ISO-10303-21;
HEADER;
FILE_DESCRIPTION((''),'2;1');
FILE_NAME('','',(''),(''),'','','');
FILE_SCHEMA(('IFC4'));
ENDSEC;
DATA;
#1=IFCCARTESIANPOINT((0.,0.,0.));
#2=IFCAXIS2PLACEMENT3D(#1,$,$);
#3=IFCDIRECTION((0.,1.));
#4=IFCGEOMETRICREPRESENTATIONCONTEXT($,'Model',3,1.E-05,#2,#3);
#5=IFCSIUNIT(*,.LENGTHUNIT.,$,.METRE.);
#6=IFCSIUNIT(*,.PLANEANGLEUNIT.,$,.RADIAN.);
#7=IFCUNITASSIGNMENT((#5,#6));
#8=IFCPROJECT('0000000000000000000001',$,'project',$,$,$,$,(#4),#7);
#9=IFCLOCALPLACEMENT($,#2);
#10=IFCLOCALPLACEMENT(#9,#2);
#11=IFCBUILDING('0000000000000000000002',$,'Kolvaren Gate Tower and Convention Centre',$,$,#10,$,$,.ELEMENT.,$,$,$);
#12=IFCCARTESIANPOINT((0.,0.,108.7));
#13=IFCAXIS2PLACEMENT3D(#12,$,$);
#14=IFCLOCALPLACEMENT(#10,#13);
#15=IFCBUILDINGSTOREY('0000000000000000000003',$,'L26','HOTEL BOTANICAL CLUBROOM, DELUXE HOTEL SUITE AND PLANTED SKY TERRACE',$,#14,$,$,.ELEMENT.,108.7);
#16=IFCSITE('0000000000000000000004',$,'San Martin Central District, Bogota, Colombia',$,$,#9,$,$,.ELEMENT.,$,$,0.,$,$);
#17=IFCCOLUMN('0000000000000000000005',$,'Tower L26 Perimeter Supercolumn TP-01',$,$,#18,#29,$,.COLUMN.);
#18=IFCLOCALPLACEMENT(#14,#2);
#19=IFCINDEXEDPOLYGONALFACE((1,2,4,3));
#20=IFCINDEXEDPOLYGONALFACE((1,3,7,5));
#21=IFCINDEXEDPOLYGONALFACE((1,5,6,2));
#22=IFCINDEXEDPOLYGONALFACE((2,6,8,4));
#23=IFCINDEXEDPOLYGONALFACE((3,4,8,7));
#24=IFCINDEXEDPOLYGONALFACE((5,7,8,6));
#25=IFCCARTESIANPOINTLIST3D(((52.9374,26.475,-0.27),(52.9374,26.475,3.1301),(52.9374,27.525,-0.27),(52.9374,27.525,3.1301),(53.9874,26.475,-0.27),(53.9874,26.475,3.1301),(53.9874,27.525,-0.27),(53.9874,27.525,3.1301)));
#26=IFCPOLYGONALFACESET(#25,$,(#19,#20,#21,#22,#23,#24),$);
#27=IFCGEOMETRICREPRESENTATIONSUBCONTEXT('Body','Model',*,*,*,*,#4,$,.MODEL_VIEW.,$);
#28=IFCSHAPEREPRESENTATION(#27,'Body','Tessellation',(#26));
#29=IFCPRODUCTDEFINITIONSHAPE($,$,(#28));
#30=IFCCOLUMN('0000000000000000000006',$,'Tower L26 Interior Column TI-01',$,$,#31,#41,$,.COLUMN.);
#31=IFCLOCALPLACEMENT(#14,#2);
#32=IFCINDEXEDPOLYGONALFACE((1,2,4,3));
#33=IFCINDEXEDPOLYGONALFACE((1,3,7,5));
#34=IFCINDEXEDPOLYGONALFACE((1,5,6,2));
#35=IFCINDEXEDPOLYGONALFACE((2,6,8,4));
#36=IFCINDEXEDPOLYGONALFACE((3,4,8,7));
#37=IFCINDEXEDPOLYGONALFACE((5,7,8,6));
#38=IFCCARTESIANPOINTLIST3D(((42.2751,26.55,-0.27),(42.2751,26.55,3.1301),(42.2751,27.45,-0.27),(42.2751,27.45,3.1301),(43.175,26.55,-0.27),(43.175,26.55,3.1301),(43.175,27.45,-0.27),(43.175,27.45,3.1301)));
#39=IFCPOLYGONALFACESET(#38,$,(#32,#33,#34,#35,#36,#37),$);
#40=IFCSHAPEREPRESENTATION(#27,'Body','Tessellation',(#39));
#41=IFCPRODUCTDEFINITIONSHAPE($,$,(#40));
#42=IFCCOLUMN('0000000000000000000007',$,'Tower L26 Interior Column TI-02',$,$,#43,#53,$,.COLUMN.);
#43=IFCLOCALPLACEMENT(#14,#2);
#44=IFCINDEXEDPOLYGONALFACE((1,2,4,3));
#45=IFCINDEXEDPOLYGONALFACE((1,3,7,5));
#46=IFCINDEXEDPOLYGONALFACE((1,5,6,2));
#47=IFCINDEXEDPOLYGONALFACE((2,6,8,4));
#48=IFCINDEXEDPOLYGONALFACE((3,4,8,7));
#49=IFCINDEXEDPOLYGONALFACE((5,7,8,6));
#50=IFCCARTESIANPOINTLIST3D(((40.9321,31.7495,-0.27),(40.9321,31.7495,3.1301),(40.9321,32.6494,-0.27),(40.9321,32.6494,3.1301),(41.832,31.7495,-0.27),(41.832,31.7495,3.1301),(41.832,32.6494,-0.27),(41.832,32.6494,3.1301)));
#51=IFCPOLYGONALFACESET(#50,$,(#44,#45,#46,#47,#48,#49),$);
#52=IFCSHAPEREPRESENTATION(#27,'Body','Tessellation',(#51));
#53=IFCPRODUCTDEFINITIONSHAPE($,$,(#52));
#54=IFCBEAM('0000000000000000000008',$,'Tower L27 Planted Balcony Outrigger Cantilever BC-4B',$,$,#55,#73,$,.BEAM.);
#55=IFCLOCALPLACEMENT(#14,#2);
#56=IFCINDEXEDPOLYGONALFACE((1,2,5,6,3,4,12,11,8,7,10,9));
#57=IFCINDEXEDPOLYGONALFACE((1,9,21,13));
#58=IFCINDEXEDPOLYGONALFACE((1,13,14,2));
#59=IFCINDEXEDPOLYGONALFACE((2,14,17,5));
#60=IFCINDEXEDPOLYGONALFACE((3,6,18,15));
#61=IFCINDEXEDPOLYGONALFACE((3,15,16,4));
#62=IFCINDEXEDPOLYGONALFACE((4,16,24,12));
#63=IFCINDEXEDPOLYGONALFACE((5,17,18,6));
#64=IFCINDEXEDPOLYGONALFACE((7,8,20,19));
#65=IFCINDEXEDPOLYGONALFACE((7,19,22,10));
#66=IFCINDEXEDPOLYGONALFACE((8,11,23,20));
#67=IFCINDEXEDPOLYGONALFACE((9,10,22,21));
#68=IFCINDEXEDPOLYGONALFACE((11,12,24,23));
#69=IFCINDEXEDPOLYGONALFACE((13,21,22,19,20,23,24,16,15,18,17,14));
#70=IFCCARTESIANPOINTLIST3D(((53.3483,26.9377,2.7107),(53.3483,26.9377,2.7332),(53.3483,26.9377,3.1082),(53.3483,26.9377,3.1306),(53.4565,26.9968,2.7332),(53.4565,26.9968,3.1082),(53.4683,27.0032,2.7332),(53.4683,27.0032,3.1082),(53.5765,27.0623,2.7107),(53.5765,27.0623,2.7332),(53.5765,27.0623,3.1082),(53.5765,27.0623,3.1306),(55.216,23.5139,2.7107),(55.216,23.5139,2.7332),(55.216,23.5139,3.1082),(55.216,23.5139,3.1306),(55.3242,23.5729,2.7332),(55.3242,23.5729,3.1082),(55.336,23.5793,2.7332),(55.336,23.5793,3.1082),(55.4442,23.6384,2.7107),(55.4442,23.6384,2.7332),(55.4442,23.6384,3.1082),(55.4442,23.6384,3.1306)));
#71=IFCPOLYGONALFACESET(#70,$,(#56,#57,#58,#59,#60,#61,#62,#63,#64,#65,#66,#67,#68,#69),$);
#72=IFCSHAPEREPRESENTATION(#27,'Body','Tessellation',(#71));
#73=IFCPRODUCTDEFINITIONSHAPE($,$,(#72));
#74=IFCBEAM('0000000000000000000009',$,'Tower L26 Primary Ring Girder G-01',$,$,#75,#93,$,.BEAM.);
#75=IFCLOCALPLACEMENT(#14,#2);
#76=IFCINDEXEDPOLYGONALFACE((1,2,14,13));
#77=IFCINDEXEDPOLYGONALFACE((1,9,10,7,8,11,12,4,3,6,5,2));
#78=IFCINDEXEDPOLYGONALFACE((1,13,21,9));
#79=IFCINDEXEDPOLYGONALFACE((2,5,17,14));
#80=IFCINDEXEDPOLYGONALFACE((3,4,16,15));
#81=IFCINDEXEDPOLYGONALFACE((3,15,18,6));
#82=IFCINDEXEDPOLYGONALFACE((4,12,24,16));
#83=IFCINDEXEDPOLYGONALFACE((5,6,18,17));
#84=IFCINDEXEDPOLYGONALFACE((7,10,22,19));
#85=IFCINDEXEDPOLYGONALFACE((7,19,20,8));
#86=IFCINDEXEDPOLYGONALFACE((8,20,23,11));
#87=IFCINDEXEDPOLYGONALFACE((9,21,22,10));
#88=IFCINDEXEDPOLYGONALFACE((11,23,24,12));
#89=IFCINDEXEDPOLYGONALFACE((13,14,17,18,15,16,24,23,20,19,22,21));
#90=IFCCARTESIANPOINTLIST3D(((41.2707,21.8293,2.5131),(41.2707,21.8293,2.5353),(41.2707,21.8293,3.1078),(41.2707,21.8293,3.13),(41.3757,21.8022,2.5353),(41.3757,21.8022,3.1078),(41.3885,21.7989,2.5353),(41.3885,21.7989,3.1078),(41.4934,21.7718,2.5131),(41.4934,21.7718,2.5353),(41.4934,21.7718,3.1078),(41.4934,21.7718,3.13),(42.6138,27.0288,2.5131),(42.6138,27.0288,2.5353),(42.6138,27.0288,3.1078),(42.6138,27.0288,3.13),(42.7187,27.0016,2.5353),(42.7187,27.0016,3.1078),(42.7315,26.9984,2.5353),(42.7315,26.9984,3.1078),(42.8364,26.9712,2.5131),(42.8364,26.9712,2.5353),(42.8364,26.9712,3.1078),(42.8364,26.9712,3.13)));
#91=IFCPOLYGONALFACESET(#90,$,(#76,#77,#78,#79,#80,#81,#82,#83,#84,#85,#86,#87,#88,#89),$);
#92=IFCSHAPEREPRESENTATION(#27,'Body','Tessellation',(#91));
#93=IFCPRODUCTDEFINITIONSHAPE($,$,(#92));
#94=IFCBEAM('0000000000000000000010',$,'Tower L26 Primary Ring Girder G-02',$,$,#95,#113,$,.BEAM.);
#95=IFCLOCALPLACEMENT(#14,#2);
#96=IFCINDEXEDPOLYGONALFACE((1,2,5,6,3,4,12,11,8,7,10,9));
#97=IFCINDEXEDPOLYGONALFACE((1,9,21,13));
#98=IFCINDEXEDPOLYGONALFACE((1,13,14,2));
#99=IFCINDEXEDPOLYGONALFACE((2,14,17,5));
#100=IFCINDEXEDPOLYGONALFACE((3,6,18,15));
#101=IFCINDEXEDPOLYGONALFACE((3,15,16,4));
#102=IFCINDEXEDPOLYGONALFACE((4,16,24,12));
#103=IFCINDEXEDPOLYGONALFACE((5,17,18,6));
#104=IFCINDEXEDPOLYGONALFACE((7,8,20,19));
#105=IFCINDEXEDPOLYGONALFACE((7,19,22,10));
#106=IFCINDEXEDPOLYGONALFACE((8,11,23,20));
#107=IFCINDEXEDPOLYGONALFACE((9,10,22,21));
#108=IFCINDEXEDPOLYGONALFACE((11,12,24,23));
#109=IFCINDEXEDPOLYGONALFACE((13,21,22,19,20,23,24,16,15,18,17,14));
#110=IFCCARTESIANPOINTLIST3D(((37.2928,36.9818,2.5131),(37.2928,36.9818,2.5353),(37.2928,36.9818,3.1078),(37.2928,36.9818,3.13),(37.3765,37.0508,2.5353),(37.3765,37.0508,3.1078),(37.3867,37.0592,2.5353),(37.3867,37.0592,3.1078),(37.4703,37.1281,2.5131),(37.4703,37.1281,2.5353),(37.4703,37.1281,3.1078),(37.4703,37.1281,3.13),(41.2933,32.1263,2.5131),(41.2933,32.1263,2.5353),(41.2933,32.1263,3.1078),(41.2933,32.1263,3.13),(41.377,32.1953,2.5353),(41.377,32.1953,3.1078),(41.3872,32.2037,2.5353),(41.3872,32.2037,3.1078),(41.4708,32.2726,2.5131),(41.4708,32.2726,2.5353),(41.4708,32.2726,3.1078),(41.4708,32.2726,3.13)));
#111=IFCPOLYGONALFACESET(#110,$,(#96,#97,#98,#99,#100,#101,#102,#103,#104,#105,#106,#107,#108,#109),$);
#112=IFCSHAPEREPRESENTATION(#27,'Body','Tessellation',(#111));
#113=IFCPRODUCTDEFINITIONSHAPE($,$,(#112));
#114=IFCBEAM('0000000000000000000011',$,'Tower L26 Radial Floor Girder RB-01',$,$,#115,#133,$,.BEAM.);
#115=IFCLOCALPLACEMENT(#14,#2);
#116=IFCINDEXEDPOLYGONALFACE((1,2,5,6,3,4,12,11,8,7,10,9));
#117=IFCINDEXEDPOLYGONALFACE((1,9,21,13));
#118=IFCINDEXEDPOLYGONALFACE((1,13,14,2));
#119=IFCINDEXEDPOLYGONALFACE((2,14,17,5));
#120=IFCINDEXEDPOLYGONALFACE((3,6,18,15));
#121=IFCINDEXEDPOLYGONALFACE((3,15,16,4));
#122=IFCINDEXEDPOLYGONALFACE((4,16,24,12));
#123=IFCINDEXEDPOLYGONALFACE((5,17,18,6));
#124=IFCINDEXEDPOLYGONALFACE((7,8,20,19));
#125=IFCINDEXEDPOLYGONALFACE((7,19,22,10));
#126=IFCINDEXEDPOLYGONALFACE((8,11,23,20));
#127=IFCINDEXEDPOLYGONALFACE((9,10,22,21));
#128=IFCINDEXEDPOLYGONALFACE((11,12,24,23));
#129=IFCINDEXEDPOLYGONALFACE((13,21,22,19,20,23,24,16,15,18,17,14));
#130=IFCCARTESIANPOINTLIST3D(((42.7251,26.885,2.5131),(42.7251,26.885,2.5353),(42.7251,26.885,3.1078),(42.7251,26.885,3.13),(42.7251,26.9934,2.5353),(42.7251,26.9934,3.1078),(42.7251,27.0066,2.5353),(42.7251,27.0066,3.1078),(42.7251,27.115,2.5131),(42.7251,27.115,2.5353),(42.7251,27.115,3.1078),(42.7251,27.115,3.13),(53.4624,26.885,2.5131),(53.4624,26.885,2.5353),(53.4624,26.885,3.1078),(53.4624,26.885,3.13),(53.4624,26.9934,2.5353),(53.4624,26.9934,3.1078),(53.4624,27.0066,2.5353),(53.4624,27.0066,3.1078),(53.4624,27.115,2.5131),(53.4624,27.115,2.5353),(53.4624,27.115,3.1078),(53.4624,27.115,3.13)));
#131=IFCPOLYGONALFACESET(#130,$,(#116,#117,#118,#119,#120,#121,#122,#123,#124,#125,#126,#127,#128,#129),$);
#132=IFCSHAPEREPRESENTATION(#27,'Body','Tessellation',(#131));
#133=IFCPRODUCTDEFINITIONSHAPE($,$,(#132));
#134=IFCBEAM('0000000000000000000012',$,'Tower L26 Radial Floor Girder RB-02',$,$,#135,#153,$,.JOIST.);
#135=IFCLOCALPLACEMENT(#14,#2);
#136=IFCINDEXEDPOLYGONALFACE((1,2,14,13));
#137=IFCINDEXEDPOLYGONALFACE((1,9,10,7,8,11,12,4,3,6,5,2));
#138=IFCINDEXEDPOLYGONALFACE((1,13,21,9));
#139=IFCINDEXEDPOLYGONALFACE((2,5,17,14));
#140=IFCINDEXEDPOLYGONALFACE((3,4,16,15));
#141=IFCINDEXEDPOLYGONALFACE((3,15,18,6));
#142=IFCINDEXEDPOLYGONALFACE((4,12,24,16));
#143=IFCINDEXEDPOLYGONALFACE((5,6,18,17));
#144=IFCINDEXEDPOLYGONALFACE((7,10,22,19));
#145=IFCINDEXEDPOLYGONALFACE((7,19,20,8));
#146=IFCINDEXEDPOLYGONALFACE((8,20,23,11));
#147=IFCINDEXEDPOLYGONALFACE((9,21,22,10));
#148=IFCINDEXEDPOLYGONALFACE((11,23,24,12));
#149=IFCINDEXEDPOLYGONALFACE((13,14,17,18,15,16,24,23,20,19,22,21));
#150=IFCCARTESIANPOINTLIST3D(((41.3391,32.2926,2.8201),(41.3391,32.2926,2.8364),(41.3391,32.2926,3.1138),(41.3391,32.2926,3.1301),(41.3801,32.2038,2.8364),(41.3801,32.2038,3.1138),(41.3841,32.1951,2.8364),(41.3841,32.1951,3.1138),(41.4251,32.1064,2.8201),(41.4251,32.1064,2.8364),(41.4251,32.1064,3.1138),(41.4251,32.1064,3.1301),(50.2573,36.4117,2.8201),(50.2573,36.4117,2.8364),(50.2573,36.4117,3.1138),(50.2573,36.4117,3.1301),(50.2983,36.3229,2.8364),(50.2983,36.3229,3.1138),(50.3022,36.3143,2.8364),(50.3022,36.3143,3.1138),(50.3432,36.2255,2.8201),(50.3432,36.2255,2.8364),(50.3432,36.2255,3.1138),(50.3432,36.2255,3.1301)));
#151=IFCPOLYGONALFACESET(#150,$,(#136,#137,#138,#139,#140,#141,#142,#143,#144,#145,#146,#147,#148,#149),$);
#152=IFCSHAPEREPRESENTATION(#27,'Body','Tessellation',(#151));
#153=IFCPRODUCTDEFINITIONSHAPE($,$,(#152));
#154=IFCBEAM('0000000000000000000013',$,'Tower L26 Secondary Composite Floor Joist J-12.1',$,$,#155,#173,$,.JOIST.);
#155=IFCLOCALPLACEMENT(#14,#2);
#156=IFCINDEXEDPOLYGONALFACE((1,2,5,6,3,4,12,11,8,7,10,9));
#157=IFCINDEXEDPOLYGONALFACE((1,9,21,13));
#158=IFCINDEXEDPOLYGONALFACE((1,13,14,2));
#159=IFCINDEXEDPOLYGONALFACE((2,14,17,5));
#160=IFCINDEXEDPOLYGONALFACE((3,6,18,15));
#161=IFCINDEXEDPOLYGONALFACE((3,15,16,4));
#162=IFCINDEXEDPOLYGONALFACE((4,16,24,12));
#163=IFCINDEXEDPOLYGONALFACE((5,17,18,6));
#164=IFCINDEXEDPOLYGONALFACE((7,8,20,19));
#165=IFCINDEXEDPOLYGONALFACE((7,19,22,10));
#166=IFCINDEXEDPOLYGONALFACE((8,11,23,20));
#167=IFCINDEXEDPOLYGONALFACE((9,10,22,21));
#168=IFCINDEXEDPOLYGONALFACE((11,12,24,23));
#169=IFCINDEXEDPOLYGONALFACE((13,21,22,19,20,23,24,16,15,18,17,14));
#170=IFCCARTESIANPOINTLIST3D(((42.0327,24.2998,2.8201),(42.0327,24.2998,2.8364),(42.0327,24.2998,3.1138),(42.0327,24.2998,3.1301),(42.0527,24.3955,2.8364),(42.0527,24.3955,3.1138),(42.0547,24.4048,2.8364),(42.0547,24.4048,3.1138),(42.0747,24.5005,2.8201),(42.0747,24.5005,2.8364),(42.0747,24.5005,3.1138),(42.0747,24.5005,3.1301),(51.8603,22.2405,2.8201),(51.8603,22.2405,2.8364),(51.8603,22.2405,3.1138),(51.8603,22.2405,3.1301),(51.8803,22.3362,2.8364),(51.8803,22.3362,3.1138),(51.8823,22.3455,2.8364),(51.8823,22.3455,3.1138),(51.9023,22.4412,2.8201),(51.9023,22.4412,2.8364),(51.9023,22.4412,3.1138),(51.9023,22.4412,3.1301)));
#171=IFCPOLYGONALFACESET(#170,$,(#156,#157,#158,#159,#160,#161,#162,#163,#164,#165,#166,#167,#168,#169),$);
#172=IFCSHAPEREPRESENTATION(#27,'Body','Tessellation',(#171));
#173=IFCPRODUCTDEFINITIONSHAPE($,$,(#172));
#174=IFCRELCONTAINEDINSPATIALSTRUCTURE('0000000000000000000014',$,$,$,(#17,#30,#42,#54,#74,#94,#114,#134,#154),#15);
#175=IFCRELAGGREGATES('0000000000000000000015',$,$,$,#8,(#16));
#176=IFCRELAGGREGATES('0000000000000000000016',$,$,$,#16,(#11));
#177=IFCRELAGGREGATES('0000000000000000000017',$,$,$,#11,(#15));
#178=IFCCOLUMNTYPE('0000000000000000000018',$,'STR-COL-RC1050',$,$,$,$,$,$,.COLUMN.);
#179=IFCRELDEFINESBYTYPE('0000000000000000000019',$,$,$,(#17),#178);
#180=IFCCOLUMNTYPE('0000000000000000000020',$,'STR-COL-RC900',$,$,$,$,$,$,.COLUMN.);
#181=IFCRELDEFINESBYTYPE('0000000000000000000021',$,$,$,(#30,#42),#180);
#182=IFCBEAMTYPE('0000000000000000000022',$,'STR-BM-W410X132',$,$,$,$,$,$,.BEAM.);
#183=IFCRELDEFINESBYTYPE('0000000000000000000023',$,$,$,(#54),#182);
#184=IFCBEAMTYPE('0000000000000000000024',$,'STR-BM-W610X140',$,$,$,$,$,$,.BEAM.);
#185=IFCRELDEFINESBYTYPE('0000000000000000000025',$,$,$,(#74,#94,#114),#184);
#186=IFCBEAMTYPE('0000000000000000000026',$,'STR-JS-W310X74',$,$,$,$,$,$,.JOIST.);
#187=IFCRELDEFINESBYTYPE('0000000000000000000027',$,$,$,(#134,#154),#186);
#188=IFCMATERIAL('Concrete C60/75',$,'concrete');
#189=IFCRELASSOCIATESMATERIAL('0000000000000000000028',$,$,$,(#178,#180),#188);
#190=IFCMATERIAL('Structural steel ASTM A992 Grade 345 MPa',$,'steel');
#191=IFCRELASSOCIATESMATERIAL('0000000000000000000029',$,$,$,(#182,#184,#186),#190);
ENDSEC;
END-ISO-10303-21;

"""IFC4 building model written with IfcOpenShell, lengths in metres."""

from ifc_helpers import new_model, si_unit, direction, frame, origin, origin_2d, place, context, subcontext, project, spatial, rectangle, i_section, extrude, material, material_profile, profile_set, type_object, element, save


model = new_model("IFC4")

# Units and contexts
model_context = context("Model", 3, precision=1e-05, world=origin(), true_north=direction((0.0, 1.0)))
body_context = subcontext(model_context, "Body", "Model", "MODEL_VIEW")
ifc_project = project(units=[si_unit("LENGTHUNIT", "METRE"), si_unit("PLANEANGLEUNIT", "RADIAN")], contexts=[model_context])

# Site, building, storey
site_placement = place(None, origin())
site = spatial("IfcSite", under=ifc_project, at=site_placement, Name="San Martin Central District, Bogota, Colombia", CompositionType="ELEMENT", RefElevation=0.0)
building_placement = place(site_placement, origin())
building = spatial("IfcBuilding", under=site, at=building_placement, Name="Kolvaren Gate Tower and Convention Centre", CompositionType="ELEMENT")
storey_placement = place(building_placement, frame((0.0, 0.0, 108.7)))
storey = spatial("IfcBuildingStorey", under=building, at=storey_placement, Name="L26", Description="HOTEL BOTANICAL CLUBROOM, DELUXE HOTEL SUITE AND PLANTED SKY TERRACE", CompositionType="ELEMENT", Elevation=108.7)

# Columns
ifc_material_1 = material(Name="Concrete C60/75", Category="concrete")
ifc_material_profile_1 = material_profile(ifc_material_1, rectangle(XDim=1.05, YDim=1.05, at=origin_2d()), Name="RC-COL-1050X1050")
ifc_profile_set_1 = profile_set([ifc_material_profile_1], Name="Concrete C60/75")
column_type_1 = type_object("IfcColumnType", Name="STR-COL-RC1050", PredefinedType="COLUMN", material=ifc_profile_set_1)
column_placement = place(storey_placement, frame((53.4624, 27.0, -0.27), z_axis=(0.0, 0.0, 1.0), x_axis=(1.0, 0.0, 0.0)))
element("IfcColumn", 1, at=column_placement, inside=storey, type_object=column_type_1, Name="Tower L26 Perimeter Supercolumn TP-01", PredefinedType="COLUMN", context=body_context, shape_type="SweptSolid", body=[
    extrude(rectangle(XDim=1.05, YDim=1.05, at=origin_2d()), origin(), (0.0, 0.0, 1.0), 3.4001),
])
ifc_material_profile_2 = material_profile(ifc_material_1, rectangle(XDim=0.8999, YDim=0.8999, at=origin_2d()), Name="RC-COL-900X900")
ifc_profile_set_2 = profile_set([ifc_material_profile_2], Name="Concrete C60/75")
column_type_2 = type_object("IfcColumnType", Name="STR-COL-RC900", PredefinedType="COLUMN", material=ifc_profile_set_2)
for number, where, z_axis, x_axis, name in (
    (2, (42.7251, 27.0, -0.27), (0.0, 0.0, 1.0), (1.0, 0.0, 0.0), "Tower L26 Interior Column TI-01"),
    (3, (41.3821, 32.1995, -0.27), (0.0, 0.0, 1.0), (1.0, 0.0, 0.0), "Tower L26 Interior Column TI-02"),
):
    element("IfcColumn", number, at=place(storey_placement, frame(where, z_axis=z_axis, x_axis=x_axis)), inside=storey, type_object=column_type_2, Name=name, PredefinedType="COLUMN", context=body_context, shape_type="SweptSolid", body=[
        extrude(rectangle(XDim=0.8999, YDim=0.8999, at=origin_2d()), origin(), (0.0, 0.0, 1.0), 3.4001),
    ])

# Beams
ifc_material_2 = material(Name="Structural steel ASTM A992 Grade 345 MPa", Category="steel")
ifc_material_profile_3 = material_profile(ifc_material_2, i_section(OverallWidth=0.26, OverallDepth=0.4199, WebThickness=0.0134, FlangeThickness=0.0225, at=origin_2d()), Name="W410X132")
ifc_profile_set_3 = profile_set([ifc_material_profile_3], Name="Structural steel ASTM A992 Grade 345 MPa")
beam_type_1 = type_object("IfcBeamType", Name="STR-BM-W410X132", PredefinedType="BEAM", material=ifc_profile_set_3)
beam_1_placement = place(storey_placement, frame((53.4624, 27.0, 2.9207), z_axis=(0.478878, -0.877881, 0.0), x_axis=(0.877881, 0.478878, 0.0)))
element("IfcBeam", 4, at=beam_1_placement, inside=storey, type_object=beam_type_1, Name="Tower L27 Planted Balcony Outrigger Cantilever BC-4B", PredefinedType="BEAM", context=body_context, shape_type="SweptSolid", body=[
    extrude(i_section(OverallWidth=0.26, OverallDepth=0.4199, WebThickness=0.0134, FlangeThickness=0.0225, at=origin_2d()), origin(), (0.0, 0.0, 1.0), 3.9001),
])
ifc_material_profile_4 = material_profile(ifc_material_2, i_section(OverallWidth=0.23, OverallDepth=0.6169, WebThickness=0.0132, FlangeThickness=0.0222, at=origin_2d()), Name="W610X140")
ifc_profile_set_4 = profile_set([ifc_material_profile_4], Name="Structural steel ASTM A992 Grade 345 MPa")
beam_type_2 = type_object("IfcBeamType", Name="STR-BM-W610X140", PredefinedType="BEAM", material=ifc_profile_set_4)
beam_2_placement = place(storey_placement, frame((42.7251, 27.0, 2.8215), z_axis=(-0.250091, -0.968222, 0.0), x_axis=(0.968222, -0.250091, 0.0)))
element("IfcBeam", 5, at=beam_2_placement, inside=storey, type_object=beam_type_2, Name="Tower L26 Primary Ring Girder G-01", PredefinedType="BEAM", context=body_context, shape_type="SweptSolid", body=[
    extrude(i_section(OverallWidth=0.23, OverallDepth=0.6169, WebThickness=0.0132, FlangeThickness=0.0222, at=origin_2d()), origin(), (0.0, 0.0, 1.0), 5.3701),
])
beam_3_placement = place(storey_placement, frame((41.3821, 32.1995, 2.8215), z_axis=(-0.635884, 0.771785, 0.0), x_axis=(-0.771785, -0.635884, 0.0)))
element("IfcBeam", 6, at=beam_3_placement, inside=storey, type_object=beam_type_2, Name="Tower L26 Primary Ring Girder G-02", PredefinedType="BEAM", context=body_context, shape_type="SweptSolid", body=[
    extrude(i_section(OverallWidth=0.23, OverallDepth=0.6169, WebThickness=0.0132, FlangeThickness=0.0222, at=origin_2d()), origin(), (0.0, 0.0, 1.0), 6.2913),
])
beam_4_placement = place(storey_placement, frame((42.7251, 27.0, 2.8215), z_axis=(1.0, 0.0, 0.0), x_axis=(0.0, 1.0, 0.0)))
element("IfcBeam", 7, at=beam_4_placement, inside=storey, type_object=beam_type_2, Name="Tower L26 Radial Floor Girder RB-01", PredefinedType="BEAM", context=body_context, shape_type="SweptSolid", body=[
    extrude(i_section(OverallWidth=0.23, OverallDepth=0.6169, WebThickness=0.0132, FlangeThickness=0.0222, at=origin_2d()), origin(), (0.0, 0.0, 1.0), 10.7373),
])
ifc_material_profile_5 = material_profile(ifc_material_2, i_section(OverallWidth=0.2051, OverallDepth=0.3101, WebThickness=0.0095, FlangeThickness=0.0164, at=origin_2d()), Name="W310X74")
ifc_profile_set_5 = profile_set([ifc_material_profile_5], Name="Structural steel ASTM A992 Grade 345 MPa")
beam_type_3 = type_object("IfcBeamType", Name="STR-JS-W310X74", PredefinedType="JOIST", material=ifc_profile_set_5)
beam_5_placement = place(storey_placement, frame((41.3821, 32.1995, 2.9751), z_axis=(0.907842, 0.419313, 0.0), x_axis=(-0.419313, 0.907842, 0.0)))
element("IfcBeam", 8, at=beam_5_placement, inside=storey, type_object=beam_type_3, Name="Tower L26 Radial Floor Girder RB-02", PredefinedType="JOIST", context=body_context, shape_type="SweptSolid", body=[
    extrude(i_section(OverallWidth=0.2051, OverallDepth=0.3101, WebThickness=0.0095, FlangeThickness=0.0164, at=origin_2d()), origin(), (0.0, 0.0, 1.0), 9.8235),
])
beam_6_placement = place(storey_placement, frame((42.0537, 24.4001, 2.9751), z_axis=(0.978743, -0.20509, 0.0), x_axis=(0.20509, 0.978743, 0.0)))
element("IfcBeam", 9, at=beam_6_placement, inside=storey, type_object=beam_type_3, Name="Tower L26 Secondary Composite Floor Joist J-12.1", PredefinedType="JOIST", context=body_context, shape_type="SweptSolid", body=[
    extrude(i_section(OverallWidth=0.2051, OverallDepth=0.3101, WebThickness=0.0095, FlangeThickness=0.0164, at=origin_2d()), origin(), (0.0, 0.0, 1.0), 10.041),
])

save(model, "model.ifc")
